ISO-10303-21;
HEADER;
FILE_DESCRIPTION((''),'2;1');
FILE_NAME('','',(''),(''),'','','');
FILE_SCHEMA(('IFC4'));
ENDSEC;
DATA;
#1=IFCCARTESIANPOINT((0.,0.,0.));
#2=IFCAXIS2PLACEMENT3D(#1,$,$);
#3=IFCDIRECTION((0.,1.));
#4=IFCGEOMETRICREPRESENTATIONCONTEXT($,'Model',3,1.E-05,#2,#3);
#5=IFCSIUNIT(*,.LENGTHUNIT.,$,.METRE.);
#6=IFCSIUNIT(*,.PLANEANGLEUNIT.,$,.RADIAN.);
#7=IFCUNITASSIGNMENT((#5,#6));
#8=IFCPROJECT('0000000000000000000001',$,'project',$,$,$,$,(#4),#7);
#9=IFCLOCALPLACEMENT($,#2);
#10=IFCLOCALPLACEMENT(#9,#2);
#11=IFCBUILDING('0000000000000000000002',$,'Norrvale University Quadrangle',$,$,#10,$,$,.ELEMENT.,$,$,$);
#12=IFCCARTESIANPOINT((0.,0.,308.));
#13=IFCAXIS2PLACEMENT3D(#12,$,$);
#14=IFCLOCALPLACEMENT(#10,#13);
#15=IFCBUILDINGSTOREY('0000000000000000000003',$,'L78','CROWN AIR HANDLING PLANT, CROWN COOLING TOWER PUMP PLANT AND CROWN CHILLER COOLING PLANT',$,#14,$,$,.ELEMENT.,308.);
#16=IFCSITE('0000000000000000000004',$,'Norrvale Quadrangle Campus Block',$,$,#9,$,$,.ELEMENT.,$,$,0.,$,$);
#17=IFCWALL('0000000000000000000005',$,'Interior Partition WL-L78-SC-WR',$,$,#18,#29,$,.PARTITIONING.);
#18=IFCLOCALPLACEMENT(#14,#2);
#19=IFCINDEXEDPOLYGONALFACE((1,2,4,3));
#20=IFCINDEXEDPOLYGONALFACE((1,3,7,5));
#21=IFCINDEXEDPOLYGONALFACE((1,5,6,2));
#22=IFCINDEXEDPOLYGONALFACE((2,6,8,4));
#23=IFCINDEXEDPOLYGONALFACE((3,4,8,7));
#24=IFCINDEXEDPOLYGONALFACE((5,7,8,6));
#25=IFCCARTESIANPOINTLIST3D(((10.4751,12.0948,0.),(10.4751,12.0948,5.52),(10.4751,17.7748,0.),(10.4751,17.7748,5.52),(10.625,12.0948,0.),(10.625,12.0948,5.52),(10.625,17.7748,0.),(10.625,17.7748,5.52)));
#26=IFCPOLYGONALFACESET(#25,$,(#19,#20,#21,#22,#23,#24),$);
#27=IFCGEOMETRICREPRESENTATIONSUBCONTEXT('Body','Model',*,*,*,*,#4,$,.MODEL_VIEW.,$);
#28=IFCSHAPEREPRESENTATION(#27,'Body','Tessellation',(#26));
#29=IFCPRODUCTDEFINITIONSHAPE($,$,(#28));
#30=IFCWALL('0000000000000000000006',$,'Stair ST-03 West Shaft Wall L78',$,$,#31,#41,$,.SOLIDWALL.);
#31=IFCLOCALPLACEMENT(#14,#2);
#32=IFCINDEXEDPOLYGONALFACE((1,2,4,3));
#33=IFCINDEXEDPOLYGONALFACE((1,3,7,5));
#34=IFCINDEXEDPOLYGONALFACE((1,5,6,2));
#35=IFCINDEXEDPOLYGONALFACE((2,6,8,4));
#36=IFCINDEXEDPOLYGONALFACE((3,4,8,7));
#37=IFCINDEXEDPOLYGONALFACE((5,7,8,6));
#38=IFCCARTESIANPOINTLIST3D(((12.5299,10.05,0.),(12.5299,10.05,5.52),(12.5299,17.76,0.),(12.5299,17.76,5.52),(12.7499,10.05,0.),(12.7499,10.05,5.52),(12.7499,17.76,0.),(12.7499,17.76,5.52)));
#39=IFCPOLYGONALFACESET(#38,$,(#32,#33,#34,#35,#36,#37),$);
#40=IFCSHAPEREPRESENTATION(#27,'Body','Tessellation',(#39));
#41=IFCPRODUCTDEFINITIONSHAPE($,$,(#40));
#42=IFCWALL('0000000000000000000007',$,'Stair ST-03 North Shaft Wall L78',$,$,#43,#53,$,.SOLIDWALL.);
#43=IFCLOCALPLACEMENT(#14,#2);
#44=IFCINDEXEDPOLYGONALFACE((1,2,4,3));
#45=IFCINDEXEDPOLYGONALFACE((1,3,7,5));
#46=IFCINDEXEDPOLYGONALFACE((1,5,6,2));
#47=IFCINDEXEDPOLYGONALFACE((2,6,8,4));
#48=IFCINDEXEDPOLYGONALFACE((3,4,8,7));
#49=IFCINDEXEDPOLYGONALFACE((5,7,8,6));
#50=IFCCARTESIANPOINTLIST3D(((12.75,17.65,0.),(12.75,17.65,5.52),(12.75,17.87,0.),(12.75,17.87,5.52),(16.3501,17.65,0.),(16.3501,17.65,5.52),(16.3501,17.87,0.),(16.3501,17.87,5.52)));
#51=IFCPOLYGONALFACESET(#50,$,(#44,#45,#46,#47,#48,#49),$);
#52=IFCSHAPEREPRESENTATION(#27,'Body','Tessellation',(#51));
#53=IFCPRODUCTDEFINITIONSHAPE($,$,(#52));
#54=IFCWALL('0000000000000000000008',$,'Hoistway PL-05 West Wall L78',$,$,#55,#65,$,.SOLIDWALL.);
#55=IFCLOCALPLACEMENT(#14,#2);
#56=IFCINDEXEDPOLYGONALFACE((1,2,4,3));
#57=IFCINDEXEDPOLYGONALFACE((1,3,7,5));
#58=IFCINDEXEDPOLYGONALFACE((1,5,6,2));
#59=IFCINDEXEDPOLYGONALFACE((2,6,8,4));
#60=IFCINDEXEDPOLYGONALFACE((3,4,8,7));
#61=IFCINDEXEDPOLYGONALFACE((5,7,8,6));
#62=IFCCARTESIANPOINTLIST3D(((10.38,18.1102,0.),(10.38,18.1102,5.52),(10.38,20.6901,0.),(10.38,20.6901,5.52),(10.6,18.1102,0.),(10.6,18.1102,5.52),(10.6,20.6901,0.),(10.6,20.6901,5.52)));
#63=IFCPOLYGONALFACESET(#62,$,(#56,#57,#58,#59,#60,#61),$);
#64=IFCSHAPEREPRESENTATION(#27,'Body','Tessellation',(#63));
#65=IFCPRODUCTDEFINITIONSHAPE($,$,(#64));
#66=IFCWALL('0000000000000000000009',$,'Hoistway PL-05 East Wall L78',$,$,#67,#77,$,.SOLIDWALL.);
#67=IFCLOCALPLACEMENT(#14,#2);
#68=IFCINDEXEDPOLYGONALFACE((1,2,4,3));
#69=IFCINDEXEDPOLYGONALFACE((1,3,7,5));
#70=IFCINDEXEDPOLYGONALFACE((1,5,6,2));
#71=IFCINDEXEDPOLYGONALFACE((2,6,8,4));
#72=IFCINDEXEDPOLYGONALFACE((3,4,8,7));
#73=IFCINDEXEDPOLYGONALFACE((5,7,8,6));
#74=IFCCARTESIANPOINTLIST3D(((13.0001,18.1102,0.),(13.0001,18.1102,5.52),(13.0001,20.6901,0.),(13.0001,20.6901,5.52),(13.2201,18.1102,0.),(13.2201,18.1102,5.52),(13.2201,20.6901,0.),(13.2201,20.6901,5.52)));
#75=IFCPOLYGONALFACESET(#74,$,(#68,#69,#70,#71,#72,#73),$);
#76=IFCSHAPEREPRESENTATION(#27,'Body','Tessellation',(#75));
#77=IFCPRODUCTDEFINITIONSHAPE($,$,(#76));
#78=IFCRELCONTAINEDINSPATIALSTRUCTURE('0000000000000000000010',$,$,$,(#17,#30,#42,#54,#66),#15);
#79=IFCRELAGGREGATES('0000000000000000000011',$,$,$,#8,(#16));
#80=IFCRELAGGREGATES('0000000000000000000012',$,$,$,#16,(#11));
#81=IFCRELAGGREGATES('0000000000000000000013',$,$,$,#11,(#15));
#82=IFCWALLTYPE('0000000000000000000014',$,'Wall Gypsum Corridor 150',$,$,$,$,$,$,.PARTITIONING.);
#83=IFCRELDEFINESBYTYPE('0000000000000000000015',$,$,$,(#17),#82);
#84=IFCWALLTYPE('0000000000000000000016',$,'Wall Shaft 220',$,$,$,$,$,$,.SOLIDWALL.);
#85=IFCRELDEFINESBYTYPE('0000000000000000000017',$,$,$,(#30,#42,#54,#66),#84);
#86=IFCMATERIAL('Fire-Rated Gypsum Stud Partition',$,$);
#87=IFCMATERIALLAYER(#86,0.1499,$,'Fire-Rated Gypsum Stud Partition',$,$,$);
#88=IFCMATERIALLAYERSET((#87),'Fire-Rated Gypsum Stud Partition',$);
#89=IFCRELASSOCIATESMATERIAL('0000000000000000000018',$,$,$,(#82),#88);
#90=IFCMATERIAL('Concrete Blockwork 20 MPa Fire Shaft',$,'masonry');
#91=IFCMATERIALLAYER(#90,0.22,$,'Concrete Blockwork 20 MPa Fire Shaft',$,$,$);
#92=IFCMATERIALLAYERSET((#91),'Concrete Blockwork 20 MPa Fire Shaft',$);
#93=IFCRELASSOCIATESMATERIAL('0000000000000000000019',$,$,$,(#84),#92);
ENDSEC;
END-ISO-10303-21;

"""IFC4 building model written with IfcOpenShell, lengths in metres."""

from ifc_helpers import new_model, si_unit, direction, frame, frame_2d, origin, place, context, subcontext, project, spatial, rectangle, extrude, material, layer, layer_set, type_object, element, save


model = new_model("IFC4")

# Units and contexts
model_context = context("Model", 3, precision=1e-05, world=origin(), true_north=direction((0.0, 1.0)))
body_context = subcontext(model_context, "Body", "Model", "MODEL_VIEW")
ifc_project = project(units=[si_unit("LENGTHUNIT", "METRE"), si_unit("PLANEANGLEUNIT", "RADIAN")], contexts=[model_context])

# Site, building, storey
site_placement = place(None, origin())
site = spatial("IfcSite", under=ifc_project, at=site_placement, Name="Norrvale Quadrangle Campus Block", CompositionType="ELEMENT", RefElevation=0.0)
building_placement = place(site_placement, origin())
building = spatial("IfcBuilding", under=site, at=building_placement, Name="Norrvale University Quadrangle", CompositionType="ELEMENT")
storey_placement = place(building_placement, frame((0.0, 0.0, 308.0)))
storey = spatial("IfcBuildingStorey", under=building, at=storey_placement, Name="L78", Description="CROWN AIR HANDLING PLANT, CROWN COOLING TOWER PUMP PLANT AND CROWN CHILLER COOLING PLANT", CompositionType="ELEMENT", Elevation=308.0)

# Shared definitions
ifc_material_1 = material(Name="Fire-Rated Gypsum Stud Partition")
ifc_layer_1 = layer(ifc_material_1, 0.1499, Name="Fire-Rated Gypsum Stud Partition")
ifc_layer_set_1 = layer_set([ifc_layer_1], Name="Fire-Rated Gypsum Stud Partition")
wall_type_1 = type_object("IfcWallType", Name="Wall Gypsum Corridor 150", PredefinedType="PARTITIONING", material=ifc_layer_set_1)

# Walls
wall_1_placement = place(storey_placement, frame((10.55, 12.095, 0.0), z_axis=(0.0, 0.0, 1.0), x_axis=(0.0, 1.0, 0.0)))
element("IfcWall", 1, at=wall_1_placement, inside=storey, type_object=wall_type_1, Name="Interior Partition WL-L78-SC-WR", PredefinedType="PARTITIONING", context=body_context, shape_type="SweptSolid", body=[
    extrude(rectangle(XDim=5.6799, YDim=0.1499, at=frame_2d((2.8398, 0.0))), origin(), (0.0, 0.0, 1.0), 5.52),
])
ifc_material_2 = material(Name="Concrete Blockwork 20 MPa Fire Shaft", Category="masonry")
ifc_layer_2 = layer(ifc_material_2, 0.22, Name="Concrete Blockwork 20 MPa Fire Shaft")
ifc_layer_set_2 = layer_set([ifc_layer_2], Name="Concrete Blockwork 20 MPa Fire Shaft")
wall_type_2 = type_object("IfcWallType", Name="Wall Shaft 220", PredefinedType="SOLIDWALL", material=ifc_layer_set_2)
wall_2_placement = place(storey_placement, frame((12.6399, 10.05, 0.0), z_axis=(0.0, 0.0, 1.0), x_axis=(0.0, 1.0, 0.0)))
element("IfcWall", 2, at=wall_2_placement, inside=storey, type_object=wall_type_2, Name="Stair ST-03 West Shaft Wall L78", PredefinedType="SOLIDWALL", context=body_context, shape_type="SweptSolid", body=[
    extrude(rectangle(XDim=7.71, YDim=0.22, at=frame_2d((3.855, 0.0))), origin(), (0.0, 0.0, 1.0), 5.52),
])
wall_3_placement = place(storey_placement, frame((12.75, 17.76, 0.0), z_axis=(0.0, 0.0, 1.0), x_axis=(1.0, 0.0, 0.0)))
element("IfcWall", 3, at=wall_3_placement, inside=storey, type_object=wall_type_2, Name="Stair ST-03 North Shaft Wall L78", PredefinedType="SOLIDWALL", context=body_context, shape_type="SweptSolid", body=[
    extrude(rectangle(XDim=3.6001, YDim=0.22, at=frame_2d((1.8, 0.0))), origin(), (0.0, 0.0, 1.0), 5.52),
])
for number, where, z_axis, x_axis, name in (
    (4, (10.49, 18.1101, 0.0), (0.0, 0.0, 1.0), (0.0, 1.0, 0.0), "Hoistway PL-05 West Wall L78"),
    (5, (13.1101, 18.1101, 0.0), (0.0, 0.0, 1.0), (0.0, 1.0, 0.0), "Hoistway PL-05 East Wall L78"),
):
    element("IfcWall", number, at=place(storey_placement, frame(where, z_axis=z_axis, x_axis=x_axis)), inside=storey, type_object=wall_type_2, Name=name, PredefinedType="SOLIDWALL", context=body_context, shape_type="SweptSolid", body=[
        extrude(rectangle(XDim=2.5798, YDim=0.22, at=frame_2d((1.29, 0.0))), origin(), (0.0, 0.0, 1.0), 5.52),
    ])

save(model, "model.ifc")
